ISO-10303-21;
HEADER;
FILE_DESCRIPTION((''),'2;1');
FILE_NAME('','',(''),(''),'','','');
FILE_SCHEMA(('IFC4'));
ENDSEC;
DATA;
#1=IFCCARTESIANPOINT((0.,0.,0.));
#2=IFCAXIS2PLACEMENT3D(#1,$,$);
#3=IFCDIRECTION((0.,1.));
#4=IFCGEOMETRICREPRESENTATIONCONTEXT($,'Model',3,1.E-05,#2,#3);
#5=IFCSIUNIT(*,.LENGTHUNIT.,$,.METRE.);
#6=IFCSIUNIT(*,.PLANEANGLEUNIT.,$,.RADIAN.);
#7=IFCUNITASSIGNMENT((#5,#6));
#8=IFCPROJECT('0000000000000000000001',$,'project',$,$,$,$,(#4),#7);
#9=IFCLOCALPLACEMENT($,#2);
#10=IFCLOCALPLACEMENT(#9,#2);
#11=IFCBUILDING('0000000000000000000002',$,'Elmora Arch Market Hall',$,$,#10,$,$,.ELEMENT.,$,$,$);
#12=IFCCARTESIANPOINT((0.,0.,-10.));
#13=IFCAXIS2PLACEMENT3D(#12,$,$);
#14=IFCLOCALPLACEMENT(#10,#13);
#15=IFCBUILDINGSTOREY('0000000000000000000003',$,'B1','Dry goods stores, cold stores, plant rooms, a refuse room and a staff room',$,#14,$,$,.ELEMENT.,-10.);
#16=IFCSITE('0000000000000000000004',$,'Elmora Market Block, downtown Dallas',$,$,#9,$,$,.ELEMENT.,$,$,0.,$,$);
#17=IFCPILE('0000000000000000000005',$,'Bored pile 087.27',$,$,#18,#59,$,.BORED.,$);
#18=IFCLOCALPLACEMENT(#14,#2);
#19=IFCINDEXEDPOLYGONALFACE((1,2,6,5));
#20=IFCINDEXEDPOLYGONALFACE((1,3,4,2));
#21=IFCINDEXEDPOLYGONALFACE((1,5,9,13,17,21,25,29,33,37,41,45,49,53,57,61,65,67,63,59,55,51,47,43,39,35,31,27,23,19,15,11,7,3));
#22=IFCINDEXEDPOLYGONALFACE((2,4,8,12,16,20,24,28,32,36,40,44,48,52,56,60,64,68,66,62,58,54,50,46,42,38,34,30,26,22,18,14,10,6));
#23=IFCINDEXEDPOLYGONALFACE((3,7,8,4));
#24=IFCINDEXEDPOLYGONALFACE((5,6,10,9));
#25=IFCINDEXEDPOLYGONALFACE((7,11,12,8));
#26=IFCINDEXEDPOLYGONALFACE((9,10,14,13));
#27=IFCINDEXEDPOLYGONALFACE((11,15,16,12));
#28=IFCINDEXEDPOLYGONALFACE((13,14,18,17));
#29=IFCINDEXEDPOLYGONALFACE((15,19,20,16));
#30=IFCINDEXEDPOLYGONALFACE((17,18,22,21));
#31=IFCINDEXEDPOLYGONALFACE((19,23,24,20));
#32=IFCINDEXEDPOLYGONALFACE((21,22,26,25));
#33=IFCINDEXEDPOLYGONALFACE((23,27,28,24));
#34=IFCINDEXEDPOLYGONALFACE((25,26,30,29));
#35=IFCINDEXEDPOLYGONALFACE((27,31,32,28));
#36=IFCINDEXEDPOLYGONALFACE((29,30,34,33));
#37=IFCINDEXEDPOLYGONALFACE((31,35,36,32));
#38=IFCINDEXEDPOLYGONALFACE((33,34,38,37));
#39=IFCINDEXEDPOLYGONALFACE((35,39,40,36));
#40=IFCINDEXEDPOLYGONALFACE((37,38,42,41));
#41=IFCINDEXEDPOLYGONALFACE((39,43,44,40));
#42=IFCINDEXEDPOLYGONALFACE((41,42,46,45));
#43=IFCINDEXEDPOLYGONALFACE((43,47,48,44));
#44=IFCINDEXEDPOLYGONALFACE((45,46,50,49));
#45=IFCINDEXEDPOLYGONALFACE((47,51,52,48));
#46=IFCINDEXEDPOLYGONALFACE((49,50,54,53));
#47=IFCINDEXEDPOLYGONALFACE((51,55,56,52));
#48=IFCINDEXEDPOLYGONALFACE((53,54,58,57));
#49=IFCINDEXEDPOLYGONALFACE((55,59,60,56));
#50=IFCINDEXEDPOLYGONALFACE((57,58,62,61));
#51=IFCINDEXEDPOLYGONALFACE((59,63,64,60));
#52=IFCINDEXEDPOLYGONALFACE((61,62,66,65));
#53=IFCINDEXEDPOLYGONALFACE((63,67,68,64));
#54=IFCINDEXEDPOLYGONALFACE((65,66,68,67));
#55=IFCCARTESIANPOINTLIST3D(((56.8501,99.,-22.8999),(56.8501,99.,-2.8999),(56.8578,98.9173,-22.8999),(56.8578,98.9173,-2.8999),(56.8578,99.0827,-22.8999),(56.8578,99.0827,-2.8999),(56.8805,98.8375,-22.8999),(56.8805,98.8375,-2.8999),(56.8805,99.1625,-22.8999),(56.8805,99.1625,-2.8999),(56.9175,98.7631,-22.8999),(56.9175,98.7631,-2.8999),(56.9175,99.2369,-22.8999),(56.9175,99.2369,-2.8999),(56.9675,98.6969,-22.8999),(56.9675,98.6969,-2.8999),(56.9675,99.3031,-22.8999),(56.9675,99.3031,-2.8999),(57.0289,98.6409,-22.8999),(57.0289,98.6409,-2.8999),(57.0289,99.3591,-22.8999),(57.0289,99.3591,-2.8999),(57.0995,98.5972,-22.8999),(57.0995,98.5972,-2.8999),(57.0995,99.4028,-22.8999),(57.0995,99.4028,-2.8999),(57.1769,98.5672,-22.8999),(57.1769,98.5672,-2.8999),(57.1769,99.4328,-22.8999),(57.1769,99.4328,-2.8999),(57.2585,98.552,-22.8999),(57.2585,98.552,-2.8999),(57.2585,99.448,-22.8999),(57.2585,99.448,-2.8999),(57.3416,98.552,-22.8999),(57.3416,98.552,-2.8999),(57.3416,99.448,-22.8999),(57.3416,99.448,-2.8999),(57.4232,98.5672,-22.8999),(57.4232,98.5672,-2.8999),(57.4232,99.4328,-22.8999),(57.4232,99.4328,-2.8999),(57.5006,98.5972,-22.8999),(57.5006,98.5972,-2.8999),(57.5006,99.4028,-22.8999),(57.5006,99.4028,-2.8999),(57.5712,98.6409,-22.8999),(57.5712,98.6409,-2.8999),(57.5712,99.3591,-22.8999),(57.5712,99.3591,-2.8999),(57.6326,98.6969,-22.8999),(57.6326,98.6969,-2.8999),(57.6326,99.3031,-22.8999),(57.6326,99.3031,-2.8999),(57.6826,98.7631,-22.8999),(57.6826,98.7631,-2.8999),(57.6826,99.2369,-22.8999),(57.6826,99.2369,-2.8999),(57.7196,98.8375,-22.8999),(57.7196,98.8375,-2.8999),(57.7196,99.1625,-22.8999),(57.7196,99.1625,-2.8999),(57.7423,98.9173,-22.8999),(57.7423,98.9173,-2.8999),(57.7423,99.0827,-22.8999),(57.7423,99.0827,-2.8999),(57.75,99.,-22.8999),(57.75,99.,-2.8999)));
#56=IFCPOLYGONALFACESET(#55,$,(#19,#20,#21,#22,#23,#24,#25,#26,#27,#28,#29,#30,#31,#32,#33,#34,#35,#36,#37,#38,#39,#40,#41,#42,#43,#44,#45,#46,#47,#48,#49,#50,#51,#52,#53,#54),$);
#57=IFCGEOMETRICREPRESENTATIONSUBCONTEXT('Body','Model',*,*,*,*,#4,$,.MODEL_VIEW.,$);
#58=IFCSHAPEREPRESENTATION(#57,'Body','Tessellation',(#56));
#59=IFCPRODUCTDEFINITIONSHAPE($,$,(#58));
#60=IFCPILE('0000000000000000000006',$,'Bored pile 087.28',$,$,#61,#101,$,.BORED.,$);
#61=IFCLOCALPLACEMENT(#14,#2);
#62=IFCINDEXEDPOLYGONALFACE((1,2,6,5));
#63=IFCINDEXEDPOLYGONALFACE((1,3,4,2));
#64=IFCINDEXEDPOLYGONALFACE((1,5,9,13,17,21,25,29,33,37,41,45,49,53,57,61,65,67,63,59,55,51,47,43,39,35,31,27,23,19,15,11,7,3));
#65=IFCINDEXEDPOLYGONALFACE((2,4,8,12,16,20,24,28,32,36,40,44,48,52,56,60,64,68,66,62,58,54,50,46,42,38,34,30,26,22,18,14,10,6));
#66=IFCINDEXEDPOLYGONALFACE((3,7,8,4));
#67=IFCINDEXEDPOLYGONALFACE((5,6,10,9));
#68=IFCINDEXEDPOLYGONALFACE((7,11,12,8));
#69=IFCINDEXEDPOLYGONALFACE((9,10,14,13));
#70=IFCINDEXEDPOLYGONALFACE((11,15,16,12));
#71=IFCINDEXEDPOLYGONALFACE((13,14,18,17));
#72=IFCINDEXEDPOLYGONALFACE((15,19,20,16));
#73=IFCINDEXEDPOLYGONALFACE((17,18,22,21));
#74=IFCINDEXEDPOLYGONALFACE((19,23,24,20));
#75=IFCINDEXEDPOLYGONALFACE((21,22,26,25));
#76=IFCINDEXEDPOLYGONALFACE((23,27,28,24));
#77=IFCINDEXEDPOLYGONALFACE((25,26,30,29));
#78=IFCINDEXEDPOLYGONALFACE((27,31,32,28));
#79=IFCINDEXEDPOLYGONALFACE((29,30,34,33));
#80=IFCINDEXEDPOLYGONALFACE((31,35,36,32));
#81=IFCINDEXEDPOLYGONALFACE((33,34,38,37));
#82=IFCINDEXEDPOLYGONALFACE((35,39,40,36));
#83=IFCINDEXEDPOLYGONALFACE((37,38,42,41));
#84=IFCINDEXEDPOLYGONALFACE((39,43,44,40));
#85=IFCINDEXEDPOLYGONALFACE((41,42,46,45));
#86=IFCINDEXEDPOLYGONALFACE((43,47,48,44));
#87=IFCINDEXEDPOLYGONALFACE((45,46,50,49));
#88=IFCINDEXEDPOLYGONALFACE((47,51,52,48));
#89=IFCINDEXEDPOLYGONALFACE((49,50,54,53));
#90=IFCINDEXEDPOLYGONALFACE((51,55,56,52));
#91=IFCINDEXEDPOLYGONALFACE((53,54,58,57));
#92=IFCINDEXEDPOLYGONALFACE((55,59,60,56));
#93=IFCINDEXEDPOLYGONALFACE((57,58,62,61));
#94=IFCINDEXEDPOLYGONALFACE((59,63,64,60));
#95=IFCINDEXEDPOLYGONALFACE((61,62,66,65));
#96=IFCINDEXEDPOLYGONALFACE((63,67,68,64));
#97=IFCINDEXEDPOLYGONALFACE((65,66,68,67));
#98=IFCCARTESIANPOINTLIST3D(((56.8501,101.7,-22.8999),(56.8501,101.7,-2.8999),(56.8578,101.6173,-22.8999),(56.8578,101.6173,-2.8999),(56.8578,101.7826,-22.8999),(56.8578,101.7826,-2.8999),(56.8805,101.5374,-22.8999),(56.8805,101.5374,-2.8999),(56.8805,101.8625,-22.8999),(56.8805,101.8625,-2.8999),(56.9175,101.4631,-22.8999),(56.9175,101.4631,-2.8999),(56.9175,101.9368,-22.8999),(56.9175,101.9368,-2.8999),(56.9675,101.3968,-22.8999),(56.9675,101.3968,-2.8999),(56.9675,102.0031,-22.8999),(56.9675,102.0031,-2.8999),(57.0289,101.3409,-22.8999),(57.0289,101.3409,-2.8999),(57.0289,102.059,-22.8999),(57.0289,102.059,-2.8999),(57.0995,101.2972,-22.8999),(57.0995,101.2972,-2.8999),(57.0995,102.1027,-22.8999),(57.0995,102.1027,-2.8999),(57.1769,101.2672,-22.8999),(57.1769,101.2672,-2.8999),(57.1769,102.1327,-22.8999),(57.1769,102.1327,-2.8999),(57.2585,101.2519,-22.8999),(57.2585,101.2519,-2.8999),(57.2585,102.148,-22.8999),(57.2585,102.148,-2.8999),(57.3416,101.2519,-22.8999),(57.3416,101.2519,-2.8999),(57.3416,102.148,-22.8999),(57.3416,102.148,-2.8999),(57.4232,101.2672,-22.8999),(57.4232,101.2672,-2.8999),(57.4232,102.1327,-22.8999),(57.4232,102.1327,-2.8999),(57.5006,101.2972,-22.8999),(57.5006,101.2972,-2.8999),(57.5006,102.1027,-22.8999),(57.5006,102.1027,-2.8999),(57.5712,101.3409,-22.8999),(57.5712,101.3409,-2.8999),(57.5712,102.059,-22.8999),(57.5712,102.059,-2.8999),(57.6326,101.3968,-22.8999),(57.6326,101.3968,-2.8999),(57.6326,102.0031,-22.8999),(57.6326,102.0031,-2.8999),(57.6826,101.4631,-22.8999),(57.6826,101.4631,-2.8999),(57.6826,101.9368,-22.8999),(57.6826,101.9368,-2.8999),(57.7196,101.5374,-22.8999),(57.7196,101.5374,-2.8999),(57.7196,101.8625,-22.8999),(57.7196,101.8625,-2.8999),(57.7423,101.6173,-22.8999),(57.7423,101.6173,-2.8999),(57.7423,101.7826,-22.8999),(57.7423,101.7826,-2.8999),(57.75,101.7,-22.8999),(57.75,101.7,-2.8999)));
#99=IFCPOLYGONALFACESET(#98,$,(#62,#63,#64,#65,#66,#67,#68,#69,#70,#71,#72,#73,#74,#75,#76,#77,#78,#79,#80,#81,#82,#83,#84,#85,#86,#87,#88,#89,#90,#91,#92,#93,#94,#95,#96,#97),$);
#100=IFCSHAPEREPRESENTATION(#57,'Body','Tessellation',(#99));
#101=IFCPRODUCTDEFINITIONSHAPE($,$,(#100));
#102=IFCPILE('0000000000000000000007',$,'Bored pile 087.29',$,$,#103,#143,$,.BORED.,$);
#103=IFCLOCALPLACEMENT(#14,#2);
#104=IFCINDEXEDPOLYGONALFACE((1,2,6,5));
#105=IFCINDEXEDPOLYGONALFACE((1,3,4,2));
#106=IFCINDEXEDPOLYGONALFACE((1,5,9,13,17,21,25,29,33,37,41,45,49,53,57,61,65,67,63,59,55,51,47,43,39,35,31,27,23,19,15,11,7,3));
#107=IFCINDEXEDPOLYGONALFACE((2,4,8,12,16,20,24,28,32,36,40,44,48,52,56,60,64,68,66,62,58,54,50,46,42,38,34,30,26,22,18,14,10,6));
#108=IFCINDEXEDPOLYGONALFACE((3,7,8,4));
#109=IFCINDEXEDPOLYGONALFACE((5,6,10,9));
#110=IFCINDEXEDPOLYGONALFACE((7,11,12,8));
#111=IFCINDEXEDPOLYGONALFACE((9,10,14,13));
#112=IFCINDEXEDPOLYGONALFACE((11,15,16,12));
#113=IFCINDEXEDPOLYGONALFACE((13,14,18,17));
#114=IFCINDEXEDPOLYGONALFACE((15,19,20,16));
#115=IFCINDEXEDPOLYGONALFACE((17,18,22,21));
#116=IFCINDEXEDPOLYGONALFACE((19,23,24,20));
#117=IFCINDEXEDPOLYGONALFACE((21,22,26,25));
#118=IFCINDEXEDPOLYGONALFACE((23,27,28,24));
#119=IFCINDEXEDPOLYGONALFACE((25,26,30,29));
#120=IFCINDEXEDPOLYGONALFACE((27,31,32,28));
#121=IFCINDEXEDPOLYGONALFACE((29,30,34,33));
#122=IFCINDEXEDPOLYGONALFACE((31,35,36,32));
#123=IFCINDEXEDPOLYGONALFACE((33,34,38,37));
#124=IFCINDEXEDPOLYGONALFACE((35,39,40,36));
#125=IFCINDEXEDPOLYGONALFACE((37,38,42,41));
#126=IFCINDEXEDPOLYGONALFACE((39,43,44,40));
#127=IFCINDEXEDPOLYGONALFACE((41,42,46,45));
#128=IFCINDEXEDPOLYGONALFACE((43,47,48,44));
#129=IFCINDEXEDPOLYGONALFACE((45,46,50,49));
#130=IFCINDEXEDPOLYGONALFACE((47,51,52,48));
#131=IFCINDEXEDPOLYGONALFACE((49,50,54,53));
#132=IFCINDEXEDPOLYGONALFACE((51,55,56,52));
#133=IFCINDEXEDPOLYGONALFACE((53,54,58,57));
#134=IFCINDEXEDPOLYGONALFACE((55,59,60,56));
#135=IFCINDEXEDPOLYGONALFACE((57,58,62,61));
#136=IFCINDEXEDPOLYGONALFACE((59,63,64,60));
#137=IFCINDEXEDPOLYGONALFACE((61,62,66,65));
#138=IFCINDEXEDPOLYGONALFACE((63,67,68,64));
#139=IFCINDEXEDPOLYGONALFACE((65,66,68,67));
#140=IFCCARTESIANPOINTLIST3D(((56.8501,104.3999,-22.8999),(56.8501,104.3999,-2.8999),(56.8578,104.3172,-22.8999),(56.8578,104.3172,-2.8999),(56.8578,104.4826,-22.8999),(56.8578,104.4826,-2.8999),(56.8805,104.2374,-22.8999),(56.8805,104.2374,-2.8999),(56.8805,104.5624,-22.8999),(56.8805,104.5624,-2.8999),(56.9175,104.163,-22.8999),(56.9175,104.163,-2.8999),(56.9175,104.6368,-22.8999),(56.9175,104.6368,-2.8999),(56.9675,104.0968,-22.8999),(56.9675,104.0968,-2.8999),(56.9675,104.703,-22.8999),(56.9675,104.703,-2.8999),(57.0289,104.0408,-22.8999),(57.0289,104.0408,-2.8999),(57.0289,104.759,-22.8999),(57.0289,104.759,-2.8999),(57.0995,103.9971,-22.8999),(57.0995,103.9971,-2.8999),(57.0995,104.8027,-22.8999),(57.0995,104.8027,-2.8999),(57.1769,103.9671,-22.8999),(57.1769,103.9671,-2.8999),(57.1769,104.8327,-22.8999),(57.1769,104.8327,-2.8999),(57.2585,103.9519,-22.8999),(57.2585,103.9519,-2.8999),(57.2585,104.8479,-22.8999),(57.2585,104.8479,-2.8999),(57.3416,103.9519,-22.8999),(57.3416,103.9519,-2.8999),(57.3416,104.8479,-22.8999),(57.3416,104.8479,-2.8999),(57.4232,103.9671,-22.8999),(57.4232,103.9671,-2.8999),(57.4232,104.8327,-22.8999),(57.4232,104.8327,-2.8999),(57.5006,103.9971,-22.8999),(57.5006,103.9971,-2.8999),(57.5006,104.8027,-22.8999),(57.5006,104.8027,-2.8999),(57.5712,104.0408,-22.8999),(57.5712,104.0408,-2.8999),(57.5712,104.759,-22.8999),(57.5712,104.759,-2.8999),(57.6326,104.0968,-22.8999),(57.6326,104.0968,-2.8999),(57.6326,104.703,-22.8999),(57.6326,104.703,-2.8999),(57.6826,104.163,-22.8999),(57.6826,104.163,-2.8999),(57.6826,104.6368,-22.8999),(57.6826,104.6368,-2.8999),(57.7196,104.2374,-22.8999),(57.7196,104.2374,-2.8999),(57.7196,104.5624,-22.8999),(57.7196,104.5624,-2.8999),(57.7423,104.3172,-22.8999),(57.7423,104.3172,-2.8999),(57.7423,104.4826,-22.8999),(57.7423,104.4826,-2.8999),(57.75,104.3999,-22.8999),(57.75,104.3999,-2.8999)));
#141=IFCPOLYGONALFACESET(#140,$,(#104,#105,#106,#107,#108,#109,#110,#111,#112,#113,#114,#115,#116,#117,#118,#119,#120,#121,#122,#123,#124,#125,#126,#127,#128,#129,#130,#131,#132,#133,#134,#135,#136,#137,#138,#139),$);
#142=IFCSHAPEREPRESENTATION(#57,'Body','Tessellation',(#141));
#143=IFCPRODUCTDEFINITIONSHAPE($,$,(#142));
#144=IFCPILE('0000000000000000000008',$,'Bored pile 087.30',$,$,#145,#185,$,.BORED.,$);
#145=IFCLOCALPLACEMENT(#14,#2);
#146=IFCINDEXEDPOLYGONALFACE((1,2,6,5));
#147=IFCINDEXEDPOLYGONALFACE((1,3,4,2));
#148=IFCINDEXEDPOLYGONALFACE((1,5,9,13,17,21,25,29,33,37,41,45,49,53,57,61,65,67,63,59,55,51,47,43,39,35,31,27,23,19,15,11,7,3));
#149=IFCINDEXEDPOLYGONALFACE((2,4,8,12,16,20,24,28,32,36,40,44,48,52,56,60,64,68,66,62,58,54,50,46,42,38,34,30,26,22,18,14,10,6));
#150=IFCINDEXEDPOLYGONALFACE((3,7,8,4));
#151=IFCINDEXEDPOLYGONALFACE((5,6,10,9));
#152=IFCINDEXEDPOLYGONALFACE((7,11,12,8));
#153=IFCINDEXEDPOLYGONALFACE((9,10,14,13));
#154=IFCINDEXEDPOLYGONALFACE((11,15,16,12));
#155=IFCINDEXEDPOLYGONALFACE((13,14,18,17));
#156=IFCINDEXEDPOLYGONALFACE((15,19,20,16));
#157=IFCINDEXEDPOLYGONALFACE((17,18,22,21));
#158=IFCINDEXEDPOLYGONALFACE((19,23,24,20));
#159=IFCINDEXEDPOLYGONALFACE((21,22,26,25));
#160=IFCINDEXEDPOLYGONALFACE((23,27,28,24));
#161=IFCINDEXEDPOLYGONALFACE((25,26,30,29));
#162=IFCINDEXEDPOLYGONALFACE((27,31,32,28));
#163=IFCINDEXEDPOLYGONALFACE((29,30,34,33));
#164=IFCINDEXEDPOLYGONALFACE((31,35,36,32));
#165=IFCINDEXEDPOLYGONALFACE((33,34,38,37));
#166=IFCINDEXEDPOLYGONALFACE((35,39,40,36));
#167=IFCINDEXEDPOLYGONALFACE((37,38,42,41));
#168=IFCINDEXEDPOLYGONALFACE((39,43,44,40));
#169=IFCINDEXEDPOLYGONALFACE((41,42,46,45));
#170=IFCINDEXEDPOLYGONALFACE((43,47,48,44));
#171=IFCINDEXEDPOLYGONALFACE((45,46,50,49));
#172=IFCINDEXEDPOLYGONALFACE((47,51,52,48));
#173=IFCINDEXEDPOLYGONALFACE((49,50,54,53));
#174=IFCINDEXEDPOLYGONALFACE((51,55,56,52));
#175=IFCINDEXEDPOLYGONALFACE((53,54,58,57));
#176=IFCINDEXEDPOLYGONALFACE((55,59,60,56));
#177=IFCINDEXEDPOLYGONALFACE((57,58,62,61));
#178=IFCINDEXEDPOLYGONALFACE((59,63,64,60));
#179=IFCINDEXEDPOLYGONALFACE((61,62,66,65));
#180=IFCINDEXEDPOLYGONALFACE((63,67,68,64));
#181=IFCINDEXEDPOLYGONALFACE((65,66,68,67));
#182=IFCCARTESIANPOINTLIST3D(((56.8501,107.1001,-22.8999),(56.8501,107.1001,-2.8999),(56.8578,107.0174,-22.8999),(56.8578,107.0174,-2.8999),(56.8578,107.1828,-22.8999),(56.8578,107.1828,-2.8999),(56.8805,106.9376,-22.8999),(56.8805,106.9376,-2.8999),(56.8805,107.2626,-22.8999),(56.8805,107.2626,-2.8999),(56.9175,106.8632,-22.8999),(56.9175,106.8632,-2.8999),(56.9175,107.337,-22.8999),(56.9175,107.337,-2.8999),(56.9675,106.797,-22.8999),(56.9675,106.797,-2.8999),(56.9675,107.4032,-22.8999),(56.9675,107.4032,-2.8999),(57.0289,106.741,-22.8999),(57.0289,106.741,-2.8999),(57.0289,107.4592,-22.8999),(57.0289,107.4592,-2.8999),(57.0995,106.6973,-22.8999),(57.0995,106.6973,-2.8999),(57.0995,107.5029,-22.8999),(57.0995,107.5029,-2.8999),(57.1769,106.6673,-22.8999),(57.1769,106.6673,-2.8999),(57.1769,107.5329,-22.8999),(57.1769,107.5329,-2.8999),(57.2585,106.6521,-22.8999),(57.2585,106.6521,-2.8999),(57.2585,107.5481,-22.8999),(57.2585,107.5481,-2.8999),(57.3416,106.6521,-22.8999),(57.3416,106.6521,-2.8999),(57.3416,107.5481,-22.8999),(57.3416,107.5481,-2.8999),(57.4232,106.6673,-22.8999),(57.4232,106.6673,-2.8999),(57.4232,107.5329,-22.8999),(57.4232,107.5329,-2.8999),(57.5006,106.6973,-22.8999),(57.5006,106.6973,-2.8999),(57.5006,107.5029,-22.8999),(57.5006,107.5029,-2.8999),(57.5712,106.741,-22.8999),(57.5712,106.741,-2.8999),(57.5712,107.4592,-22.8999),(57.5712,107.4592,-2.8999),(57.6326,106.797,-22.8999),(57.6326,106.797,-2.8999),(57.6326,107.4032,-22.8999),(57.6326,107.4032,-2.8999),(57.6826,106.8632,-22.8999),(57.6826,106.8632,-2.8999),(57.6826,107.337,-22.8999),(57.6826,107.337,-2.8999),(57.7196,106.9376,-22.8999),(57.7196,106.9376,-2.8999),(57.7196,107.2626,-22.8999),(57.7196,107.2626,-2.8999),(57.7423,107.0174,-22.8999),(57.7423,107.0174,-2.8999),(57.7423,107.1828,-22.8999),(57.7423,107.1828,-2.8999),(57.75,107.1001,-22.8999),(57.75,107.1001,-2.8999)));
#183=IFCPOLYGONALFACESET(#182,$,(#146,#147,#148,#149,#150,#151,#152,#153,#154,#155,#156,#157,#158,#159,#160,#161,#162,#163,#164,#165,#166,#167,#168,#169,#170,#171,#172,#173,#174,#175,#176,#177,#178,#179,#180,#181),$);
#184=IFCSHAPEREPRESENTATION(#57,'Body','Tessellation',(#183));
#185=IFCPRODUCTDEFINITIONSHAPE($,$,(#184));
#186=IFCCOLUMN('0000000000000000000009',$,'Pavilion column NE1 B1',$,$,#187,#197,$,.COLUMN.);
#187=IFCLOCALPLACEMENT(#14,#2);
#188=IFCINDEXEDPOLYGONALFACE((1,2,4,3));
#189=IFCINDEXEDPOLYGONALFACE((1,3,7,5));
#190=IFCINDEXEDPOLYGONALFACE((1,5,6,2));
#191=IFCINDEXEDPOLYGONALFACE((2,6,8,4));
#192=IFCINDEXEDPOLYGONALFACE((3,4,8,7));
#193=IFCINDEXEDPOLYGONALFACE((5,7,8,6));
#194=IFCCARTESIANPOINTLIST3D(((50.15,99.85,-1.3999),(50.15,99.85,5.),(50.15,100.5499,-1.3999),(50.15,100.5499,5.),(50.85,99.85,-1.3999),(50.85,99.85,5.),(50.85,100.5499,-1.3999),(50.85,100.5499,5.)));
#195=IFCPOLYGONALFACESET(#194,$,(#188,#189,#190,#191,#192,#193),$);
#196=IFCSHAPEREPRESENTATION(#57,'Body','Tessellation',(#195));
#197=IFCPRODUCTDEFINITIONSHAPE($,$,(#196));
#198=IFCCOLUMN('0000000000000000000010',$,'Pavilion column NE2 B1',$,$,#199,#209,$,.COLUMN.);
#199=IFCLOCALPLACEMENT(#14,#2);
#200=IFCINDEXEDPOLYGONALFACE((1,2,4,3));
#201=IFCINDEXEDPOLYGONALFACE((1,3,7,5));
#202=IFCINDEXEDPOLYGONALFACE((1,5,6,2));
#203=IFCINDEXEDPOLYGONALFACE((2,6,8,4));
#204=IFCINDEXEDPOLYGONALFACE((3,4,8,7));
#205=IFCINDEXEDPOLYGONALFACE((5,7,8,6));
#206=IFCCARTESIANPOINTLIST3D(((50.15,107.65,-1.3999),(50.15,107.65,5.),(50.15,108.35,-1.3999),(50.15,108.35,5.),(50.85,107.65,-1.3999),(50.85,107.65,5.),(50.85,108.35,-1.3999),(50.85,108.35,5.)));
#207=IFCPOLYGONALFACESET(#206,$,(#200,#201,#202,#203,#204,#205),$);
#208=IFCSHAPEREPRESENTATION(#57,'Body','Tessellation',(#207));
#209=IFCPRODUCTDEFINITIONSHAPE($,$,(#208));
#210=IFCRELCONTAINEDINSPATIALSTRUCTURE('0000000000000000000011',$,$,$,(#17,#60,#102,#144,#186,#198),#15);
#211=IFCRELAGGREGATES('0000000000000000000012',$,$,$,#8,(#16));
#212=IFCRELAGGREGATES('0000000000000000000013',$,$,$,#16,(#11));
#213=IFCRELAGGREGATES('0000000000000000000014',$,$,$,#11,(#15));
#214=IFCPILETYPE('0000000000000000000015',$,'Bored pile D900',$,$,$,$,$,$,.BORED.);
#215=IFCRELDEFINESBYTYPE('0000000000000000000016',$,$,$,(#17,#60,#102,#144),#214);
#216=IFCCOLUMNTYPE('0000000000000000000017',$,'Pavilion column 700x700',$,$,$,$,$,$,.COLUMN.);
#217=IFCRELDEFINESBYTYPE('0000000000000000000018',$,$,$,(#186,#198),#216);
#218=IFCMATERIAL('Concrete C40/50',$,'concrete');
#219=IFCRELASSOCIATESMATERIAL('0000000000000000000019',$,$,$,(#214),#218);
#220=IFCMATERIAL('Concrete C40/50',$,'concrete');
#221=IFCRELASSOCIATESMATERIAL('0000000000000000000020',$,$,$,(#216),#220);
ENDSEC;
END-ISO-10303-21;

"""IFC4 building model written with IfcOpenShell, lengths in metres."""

from ifc_helpers import new_model, si_unit, direction, frame, origin, origin_2d, place, context, subcontext, project, spatial, rectangle, circle, extrude, material, material_profile, profile_set, type_object, element, save


model = new_model("IFC4")

# Units and contexts
model_context = context("Model", 3, precision=1e-05, world=origin(), true_north=direction((0.0, 1.0)))
body_context = subcontext(model_context, "Body", "Model", "MODEL_VIEW")
ifc_project = project(units=[si_unit("LENGTHUNIT", "METRE"), si_unit("PLANEANGLEUNIT", "RADIAN")], contexts=[model_context])

# Site, building, storey
site_placement = place(None, origin())
site = spatial("IfcSite", under=ifc_project, at=site_placement, Name="Elmora Market Block, downtown Dallas", CompositionType="ELEMENT", RefElevation=0.0)
building_placement = place(site_placement, origin())
building = spatial("IfcBuilding", under=site, at=building_placement, Name="Elmora Arch Market Hall", CompositionType="ELEMENT")
storey_placement = place(building_placement, frame((0.0, 0.0, -10.0)))
storey = spatial("IfcBuildingStorey", under=building, at=storey_placement, Name="B1", Description="Dry goods stores, cold stores, plant rooms, a refuse room and a staff room", CompositionType="ELEMENT", Elevation=-10.0)

# Piles
ifc_material_1 = material(Name="Concrete C40/50", Category="concrete")
ifc_material_profile_1 = material_profile(ifc_material_1, circle(Radius=0.45, at=origin_2d()), Name="Bored pile D900")
ifc_profile_set_1 = profile_set([ifc_material_profile_1], Name="Concrete C40/50")
pile_type = type_object("IfcPileType", Name="Bored pile D900", PredefinedType="BORED", material=ifc_profile_set_1)
for number, where, z_axis, x_axis, name in (
    (1, (57.3, 99.0, -2.8999), (0.0, 0.0, -1.0), (1.0, 0.0, 0.0), "Bored pile 087.27"),
    (2, (57.3, 101.7, -2.8999), (0.0, 0.0, -1.0), (1.0, 0.0, 0.0), "Bored pile 087.28"),
    (3, (57.3, 104.3999, -2.8999), (0.0, 0.0, -1.0), (1.0, 0.0, 0.0), "Bored pile 087.29"),
    (4, (57.3, 107.1001, -2.8999), (0.0, 0.0, -1.0), (1.0, 0.0, 0.0), "Bored pile 087.30"),
):
    element("IfcPile", number, at=place(storey_placement, frame(where, z_axis=z_axis, x_axis=x_axis)), inside=storey, type_object=pile_type, Name=name, PredefinedType="BORED", context=body_context, shape_type="SweptSolid", body=[
        extrude(circle(Radius=0.45, at=origin_2d()), origin(), (0.0, 0.0, 1.0), 20.0),
    ])

# Columns
ifc_material_2 = material(Name="Concrete C40/50", Category="concrete")
ifc_material_profile_2 = material_profile(ifc_material_2, rectangle(XDim=0.7, YDim=0.7, at=origin_2d()), Name="Pavilion column 700x700")
ifc_profile_set_2 = profile_set([ifc_material_profile_2], Name="Concrete C40/50")
column_type_1 = type_object("IfcColumnType", Name="Pavilion column 700x700", PredefinedType="COLUMN", material=ifc_profile_set_2)
for number, where, z_axis, x_axis, name in (
    (5, (50.5, 100.2, -1.3999), (0.0, 0.0, 1.0), (1.0, 0.0, 0.0), "Pavilion column NE1 B1"),
    (6, (50.5, 108.0, -1.3999), (0.0, 0.0, 1.0), (1.0, 0.0, 0.0), "Pavilion column NE2 B1"),
):
    element("IfcColumn", number, at=place(storey_placement, frame(where, z_axis=z_axis, x_axis=x_axis)), inside=storey, type_object=column_type_1, Name=name, PredefinedType="COLUMN", context=body_context, shape_type="SweptSolid", body=[
        extrude(rectangle(XDim=0.7, YDim=0.7, at=origin_2d()), origin(), (0.0, 0.0, 1.0), 6.3999),
    ])

save(model, "model.ifc")
